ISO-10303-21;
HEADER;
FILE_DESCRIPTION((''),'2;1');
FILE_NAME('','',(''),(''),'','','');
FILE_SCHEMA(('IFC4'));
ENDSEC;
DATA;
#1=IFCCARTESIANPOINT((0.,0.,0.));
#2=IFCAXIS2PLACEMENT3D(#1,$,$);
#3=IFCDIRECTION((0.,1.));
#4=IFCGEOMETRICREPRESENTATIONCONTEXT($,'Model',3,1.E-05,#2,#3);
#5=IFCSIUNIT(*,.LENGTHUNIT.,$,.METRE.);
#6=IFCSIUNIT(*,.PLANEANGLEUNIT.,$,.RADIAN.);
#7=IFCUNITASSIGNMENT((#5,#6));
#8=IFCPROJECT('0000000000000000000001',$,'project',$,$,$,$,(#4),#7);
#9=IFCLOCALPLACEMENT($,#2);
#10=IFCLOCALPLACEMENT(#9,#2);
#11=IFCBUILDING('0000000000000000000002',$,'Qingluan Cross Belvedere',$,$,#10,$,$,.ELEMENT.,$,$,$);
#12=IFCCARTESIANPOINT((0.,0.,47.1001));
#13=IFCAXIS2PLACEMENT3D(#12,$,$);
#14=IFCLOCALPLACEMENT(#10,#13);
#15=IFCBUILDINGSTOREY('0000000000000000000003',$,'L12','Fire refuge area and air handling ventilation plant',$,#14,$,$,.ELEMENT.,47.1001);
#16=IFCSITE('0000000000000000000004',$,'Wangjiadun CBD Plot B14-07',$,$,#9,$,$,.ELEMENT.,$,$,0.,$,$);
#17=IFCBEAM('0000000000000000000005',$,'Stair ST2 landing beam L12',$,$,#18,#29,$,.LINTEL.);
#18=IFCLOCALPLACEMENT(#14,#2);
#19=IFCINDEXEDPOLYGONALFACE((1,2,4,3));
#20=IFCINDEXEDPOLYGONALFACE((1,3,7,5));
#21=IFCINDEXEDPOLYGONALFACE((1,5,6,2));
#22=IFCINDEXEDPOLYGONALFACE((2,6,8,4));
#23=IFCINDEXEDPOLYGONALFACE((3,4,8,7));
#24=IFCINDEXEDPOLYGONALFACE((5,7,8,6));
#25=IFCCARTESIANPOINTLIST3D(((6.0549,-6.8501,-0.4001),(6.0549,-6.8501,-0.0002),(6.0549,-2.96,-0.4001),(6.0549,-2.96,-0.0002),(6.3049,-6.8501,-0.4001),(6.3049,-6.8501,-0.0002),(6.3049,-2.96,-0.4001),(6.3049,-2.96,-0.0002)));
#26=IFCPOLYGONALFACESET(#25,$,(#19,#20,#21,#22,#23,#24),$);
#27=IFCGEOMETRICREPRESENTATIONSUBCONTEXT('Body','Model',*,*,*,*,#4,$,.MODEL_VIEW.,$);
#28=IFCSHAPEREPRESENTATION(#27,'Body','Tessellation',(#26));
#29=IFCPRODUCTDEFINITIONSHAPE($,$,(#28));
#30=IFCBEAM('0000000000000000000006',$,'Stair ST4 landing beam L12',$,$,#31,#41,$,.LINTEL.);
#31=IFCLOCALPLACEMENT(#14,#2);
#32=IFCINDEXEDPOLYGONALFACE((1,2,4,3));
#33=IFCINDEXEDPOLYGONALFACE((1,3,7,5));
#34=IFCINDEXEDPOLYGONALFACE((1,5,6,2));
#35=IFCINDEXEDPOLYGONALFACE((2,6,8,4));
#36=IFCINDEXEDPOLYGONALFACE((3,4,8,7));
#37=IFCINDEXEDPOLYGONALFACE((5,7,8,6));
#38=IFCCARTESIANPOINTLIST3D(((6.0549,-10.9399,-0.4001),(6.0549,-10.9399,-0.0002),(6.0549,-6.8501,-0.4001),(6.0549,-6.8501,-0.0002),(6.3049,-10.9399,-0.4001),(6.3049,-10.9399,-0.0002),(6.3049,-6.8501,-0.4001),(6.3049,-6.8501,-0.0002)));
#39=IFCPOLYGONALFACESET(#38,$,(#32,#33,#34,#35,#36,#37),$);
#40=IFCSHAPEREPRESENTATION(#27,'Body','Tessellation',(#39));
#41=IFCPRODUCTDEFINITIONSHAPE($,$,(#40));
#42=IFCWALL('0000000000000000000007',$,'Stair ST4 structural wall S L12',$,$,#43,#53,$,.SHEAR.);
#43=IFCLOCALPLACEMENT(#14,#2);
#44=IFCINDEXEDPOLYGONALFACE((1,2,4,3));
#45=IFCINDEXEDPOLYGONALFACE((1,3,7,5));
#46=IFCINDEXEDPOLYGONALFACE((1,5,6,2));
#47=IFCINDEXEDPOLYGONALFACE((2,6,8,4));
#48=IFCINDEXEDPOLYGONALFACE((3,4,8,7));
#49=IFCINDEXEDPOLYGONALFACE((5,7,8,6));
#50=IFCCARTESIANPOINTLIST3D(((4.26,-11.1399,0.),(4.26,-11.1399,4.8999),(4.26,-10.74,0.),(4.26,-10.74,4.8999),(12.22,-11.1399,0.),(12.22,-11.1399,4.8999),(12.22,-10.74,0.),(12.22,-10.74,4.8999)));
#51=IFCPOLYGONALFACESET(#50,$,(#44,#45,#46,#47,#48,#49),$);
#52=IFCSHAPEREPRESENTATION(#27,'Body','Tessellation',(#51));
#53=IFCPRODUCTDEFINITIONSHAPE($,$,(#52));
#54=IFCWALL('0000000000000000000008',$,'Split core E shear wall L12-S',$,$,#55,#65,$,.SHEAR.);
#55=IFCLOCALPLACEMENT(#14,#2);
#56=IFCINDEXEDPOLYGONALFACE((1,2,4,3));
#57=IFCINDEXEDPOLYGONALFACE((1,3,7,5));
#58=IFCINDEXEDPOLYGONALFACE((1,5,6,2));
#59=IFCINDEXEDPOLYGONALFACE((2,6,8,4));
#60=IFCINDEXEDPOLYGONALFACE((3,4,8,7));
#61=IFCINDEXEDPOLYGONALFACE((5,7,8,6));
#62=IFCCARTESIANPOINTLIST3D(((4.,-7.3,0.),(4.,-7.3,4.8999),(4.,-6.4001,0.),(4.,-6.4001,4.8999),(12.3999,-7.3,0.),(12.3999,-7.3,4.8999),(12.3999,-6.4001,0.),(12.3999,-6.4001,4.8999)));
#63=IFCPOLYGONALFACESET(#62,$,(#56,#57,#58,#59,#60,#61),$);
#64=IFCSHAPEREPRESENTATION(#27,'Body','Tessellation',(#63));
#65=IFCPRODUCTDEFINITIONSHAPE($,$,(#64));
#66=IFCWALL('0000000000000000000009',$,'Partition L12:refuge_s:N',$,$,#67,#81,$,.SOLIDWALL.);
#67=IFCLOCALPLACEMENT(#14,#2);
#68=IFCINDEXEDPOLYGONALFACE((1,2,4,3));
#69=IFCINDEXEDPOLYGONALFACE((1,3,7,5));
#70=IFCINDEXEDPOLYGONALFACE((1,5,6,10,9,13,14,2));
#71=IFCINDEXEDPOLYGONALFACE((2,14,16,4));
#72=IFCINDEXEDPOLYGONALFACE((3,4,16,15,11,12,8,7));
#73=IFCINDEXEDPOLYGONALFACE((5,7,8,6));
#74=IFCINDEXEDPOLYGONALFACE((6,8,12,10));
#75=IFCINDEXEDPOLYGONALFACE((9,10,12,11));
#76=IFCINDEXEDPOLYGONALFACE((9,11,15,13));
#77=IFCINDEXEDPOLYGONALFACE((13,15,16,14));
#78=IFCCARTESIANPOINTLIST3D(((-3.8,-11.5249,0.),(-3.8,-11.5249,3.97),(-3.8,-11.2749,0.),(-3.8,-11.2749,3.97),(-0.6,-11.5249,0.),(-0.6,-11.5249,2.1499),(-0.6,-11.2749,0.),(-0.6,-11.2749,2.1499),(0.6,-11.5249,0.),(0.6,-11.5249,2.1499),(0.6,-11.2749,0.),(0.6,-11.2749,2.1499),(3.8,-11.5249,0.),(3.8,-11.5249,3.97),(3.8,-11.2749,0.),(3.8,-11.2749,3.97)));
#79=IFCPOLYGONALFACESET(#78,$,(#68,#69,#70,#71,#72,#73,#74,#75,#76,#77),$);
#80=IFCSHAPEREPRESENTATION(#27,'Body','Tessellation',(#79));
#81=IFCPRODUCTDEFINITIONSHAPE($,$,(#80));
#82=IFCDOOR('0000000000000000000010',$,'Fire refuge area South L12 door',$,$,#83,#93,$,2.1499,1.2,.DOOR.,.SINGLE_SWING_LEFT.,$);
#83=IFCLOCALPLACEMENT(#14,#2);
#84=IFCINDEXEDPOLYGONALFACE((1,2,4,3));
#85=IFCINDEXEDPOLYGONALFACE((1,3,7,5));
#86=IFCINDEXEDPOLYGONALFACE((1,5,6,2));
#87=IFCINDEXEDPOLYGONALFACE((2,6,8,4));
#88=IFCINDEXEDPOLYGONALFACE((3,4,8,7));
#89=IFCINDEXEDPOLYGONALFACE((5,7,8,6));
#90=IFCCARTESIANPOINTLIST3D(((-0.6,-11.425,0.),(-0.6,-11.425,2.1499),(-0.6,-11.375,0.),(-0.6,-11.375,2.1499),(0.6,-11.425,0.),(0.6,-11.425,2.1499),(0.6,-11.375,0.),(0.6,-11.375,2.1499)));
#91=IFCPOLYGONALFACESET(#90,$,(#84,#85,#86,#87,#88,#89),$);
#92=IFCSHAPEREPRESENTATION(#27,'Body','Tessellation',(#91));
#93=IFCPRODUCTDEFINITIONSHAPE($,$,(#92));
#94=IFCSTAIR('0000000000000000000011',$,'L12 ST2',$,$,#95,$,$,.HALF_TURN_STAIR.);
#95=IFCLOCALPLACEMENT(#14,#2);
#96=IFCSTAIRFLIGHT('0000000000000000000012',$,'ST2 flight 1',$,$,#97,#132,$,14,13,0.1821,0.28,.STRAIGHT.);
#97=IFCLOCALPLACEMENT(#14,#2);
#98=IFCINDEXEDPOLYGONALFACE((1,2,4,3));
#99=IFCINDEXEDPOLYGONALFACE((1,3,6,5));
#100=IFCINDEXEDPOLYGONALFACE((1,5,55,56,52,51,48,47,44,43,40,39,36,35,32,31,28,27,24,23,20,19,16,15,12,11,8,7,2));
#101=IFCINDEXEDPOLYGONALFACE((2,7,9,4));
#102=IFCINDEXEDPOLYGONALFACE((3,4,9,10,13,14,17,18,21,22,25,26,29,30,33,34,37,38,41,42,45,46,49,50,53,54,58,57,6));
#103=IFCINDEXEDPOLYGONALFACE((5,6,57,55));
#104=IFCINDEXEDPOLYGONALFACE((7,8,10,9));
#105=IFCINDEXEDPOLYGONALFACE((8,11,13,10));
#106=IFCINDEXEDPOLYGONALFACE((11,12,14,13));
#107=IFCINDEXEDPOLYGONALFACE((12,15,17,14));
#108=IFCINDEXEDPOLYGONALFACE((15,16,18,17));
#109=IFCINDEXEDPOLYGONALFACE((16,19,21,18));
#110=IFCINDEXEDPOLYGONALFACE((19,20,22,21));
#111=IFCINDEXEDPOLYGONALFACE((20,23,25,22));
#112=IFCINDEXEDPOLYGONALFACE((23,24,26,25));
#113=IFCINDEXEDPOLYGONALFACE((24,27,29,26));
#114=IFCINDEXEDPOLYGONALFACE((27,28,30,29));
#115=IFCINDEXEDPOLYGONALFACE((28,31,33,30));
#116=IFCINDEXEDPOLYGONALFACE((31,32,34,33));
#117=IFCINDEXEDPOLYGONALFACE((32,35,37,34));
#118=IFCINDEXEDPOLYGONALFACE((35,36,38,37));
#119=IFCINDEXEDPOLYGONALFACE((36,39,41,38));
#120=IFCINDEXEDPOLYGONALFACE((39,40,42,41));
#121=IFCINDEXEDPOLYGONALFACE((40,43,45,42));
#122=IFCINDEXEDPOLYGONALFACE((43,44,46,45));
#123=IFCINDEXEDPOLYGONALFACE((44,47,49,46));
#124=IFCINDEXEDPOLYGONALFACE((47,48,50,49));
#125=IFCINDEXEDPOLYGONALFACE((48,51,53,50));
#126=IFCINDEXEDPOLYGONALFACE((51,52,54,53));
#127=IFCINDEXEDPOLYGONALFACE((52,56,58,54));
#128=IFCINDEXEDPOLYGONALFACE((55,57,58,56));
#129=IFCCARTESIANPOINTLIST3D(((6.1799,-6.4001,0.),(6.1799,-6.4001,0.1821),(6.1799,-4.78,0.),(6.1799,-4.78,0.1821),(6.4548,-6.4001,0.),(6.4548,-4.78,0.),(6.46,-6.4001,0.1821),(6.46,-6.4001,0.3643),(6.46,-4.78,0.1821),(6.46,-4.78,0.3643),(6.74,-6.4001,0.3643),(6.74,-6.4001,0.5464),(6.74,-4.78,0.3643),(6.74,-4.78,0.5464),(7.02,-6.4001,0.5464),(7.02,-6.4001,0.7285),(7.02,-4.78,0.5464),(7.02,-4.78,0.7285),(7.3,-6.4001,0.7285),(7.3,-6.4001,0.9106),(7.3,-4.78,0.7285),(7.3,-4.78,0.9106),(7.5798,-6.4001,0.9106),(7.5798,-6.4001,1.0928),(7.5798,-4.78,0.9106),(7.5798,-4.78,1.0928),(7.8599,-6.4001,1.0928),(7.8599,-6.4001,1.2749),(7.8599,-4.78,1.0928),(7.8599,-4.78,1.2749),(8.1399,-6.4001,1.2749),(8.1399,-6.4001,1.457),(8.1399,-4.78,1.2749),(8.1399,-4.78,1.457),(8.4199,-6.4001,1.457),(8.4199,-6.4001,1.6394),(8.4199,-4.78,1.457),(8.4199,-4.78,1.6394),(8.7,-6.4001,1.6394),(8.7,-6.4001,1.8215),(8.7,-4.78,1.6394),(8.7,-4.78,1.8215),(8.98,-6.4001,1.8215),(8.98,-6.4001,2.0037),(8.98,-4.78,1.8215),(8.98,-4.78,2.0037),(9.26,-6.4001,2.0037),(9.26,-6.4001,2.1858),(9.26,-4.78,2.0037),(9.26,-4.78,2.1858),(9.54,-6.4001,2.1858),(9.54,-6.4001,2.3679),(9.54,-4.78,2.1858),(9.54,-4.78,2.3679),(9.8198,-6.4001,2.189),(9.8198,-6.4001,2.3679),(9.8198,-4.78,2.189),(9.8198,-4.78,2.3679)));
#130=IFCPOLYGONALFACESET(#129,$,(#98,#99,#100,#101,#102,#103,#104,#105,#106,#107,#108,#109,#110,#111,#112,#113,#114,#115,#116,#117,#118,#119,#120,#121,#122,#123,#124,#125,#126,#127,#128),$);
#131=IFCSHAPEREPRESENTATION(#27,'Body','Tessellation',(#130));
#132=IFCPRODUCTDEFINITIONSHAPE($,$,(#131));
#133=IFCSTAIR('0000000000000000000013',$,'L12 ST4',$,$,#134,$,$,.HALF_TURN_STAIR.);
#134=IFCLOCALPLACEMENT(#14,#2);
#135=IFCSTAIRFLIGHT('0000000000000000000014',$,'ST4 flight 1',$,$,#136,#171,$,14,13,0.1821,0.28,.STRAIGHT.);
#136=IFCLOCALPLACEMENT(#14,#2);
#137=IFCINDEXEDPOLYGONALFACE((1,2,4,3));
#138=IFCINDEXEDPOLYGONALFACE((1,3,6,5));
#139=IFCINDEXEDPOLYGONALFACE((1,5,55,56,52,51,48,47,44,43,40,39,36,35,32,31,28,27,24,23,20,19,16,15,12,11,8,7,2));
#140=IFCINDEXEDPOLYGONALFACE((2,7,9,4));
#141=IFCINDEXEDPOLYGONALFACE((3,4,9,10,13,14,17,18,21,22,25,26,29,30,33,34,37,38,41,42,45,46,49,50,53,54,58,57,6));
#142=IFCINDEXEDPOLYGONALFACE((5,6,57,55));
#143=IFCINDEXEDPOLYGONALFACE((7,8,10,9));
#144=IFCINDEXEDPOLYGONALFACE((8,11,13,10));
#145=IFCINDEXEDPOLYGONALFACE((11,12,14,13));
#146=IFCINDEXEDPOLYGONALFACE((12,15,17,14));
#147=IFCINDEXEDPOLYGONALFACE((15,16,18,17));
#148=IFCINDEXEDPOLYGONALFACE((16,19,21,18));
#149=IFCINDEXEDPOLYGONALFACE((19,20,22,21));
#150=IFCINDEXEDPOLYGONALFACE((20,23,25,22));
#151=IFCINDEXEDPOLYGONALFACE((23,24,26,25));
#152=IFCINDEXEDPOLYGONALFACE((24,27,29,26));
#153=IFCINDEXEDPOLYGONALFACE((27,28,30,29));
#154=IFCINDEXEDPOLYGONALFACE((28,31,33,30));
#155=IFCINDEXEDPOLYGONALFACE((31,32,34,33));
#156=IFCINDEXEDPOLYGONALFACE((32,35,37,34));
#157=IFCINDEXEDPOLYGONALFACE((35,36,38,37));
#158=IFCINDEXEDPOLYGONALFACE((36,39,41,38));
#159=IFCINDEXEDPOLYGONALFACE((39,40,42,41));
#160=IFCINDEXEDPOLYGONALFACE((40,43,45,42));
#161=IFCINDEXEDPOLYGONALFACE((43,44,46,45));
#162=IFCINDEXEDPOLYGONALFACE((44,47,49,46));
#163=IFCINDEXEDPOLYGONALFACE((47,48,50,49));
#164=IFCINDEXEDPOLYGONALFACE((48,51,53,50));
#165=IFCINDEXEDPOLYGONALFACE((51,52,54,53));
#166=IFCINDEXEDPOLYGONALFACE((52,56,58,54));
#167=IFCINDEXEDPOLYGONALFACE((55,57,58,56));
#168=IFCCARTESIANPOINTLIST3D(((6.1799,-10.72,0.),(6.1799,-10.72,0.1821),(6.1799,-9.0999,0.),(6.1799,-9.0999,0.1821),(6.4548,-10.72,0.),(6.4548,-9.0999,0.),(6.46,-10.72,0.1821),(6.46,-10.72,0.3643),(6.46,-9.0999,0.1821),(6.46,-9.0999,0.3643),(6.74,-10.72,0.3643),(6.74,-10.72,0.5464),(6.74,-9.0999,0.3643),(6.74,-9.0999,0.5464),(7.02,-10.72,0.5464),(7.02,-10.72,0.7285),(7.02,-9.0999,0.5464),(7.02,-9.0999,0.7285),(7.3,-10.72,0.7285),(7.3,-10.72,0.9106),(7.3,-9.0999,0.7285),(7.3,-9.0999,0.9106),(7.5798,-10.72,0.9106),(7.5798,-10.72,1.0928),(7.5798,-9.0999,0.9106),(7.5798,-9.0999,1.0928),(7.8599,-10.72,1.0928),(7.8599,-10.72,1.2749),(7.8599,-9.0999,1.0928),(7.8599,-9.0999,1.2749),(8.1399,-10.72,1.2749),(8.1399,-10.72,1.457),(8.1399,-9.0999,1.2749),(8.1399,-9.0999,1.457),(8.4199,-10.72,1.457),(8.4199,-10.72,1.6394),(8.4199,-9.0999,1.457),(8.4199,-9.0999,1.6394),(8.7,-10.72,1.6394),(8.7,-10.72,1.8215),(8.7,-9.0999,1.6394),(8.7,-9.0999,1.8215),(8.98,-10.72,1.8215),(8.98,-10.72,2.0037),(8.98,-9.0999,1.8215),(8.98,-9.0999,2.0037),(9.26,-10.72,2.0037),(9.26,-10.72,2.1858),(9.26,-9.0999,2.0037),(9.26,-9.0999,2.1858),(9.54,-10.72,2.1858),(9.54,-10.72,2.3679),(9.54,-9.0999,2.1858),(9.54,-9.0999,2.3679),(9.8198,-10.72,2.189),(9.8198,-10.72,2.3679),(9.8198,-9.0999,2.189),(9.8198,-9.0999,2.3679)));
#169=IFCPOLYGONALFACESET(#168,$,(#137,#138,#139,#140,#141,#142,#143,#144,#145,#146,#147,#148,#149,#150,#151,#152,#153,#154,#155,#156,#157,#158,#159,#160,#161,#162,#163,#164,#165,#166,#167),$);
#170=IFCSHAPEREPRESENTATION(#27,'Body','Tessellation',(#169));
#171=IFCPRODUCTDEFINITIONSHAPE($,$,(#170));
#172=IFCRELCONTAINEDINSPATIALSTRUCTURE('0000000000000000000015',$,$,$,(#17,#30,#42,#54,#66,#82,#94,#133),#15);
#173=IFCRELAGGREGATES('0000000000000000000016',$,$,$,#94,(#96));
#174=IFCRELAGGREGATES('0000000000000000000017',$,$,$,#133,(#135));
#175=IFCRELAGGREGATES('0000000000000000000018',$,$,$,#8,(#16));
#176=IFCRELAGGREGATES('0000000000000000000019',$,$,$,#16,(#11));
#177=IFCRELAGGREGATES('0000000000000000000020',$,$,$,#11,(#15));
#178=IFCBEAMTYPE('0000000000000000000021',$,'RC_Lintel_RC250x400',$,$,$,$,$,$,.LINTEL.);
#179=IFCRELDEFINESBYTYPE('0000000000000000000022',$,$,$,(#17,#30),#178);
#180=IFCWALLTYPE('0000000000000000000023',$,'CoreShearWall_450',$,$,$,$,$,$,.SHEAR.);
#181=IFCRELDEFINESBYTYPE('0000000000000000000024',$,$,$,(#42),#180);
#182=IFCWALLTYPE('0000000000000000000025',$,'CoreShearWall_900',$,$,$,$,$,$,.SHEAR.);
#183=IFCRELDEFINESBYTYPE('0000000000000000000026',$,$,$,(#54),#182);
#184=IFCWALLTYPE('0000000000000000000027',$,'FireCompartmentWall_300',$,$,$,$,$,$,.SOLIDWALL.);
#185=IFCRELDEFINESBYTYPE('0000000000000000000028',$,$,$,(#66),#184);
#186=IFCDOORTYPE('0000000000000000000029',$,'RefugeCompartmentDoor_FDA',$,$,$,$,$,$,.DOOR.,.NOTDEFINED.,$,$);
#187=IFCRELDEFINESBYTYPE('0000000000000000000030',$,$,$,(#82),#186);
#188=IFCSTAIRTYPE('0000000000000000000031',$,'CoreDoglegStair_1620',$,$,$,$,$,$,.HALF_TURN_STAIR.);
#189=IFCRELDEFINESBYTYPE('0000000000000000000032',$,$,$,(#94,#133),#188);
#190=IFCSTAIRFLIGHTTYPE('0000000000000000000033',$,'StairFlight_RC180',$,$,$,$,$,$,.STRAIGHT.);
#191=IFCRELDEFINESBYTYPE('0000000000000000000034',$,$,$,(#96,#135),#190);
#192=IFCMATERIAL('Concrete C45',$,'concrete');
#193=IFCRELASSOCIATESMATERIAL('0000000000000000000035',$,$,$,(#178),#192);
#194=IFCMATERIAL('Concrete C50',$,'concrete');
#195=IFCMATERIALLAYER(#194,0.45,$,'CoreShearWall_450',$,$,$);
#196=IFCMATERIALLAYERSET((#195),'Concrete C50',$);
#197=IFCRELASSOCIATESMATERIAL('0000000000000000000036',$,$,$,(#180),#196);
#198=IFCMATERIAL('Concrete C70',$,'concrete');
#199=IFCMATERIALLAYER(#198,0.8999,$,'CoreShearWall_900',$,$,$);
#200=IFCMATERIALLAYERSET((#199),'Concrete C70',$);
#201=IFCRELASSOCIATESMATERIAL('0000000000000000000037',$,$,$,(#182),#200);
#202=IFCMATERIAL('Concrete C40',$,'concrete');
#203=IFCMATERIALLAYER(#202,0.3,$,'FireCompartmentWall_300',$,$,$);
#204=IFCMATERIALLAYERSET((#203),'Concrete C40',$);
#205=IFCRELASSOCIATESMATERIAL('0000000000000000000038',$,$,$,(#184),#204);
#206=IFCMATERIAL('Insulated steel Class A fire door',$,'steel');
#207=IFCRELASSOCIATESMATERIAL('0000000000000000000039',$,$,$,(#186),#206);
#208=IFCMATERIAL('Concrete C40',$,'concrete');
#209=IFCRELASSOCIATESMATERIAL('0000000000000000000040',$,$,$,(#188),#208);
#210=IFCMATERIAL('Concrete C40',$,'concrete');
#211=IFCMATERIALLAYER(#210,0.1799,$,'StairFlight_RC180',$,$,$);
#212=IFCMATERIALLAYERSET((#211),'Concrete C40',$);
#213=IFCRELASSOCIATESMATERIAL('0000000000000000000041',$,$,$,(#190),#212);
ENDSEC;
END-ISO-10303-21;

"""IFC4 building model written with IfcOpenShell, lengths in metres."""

from ifc_helpers import new_model, si_unit, direction, frame, frame_2d, origin, origin_2d, place, context, subcontext, project, spatial, polyline, rectangle, outline, extrude, material, layer, layer_set, material_profile, profile_set, type_object, element, fill, aggregate, save


model = new_model("IFC4")

# Units and contexts
model_context = context("Model", 3, precision=1e-05, world=origin(), true_north=direction((0.0, 1.0)))
body_context = subcontext(model_context, "Body", "Model", "MODEL_VIEW")
ifc_project = project(units=[si_unit("LENGTHUNIT", "METRE"), si_unit("PLANEANGLEUNIT", "RADIAN")], contexts=[model_context])

# Site, building, storey
site_placement = place(None, origin())
site = spatial("IfcSite", under=ifc_project, at=site_placement, Name="Wangjiadun CBD Plot B14-07", CompositionType="ELEMENT", RefElevation=0.0)
building_placement = place(site_placement, origin())
building = spatial("IfcBuilding", under=site, at=building_placement, Name="Qingluan Cross Belvedere", CompositionType="ELEMENT")
storey_placement = place(building_placement, frame((0.0, 0.0, 47.1001)))
storey = spatial("IfcBuildingStorey", under=building, at=storey_placement, Name="L12", Description="Fire refuge area and air handling ventilation plant", CompositionType="ELEMENT", Elevation=47.1001)

# Beams
ifc_material_1 = material(Name="Concrete C45", Category="concrete")
ifc_material_profile = material_profile(ifc_material_1, rectangle(XDim=0.25, YDim=0.3999, at=origin_2d()), Name="RC250x400")
ifc_profile_set = profile_set([ifc_material_profile], Name="Concrete C45")
beam_type = type_object("IfcBeamType", Name="RC_Lintel_RC250x400", PredefinedType="LINTEL", material=ifc_profile_set)
beam_1_placement = place(storey_placement, frame((6.1799, -6.8501, -0.2002), z_axis=(0.0, 1.0, 0.0), x_axis=(-1.0, 0.0, 0.0)))
element("IfcBeam", 1, at=beam_1_placement, inside=storey, type_object=beam_type, Name="Stair ST2 landing beam L12", PredefinedType="LINTEL", context=body_context, shape_type="SweptSolid", body=[
    extrude(rectangle(XDim=0.25, YDim=0.3999, at=origin_2d()), origin(), (0.0, 0.0, 1.0), 3.8901),
])
beam_2_placement = place(storey_placement, frame((6.1799, -10.9399, -0.2002), z_axis=(0.0, 1.0, 0.0), x_axis=(-1.0, 0.0, 0.0)))
element("IfcBeam", 2, at=beam_2_placement, inside=storey, type_object=beam_type, Name="Stair ST4 landing beam L12", PredefinedType="LINTEL", context=body_context, shape_type="SweptSolid", body=[
    extrude(rectangle(XDim=0.25, YDim=0.3999, at=origin_2d()), origin(), (0.0, 0.0, 1.0), 4.0898),
])

# Wall
ifc_material_2 = material(Name="Concrete C50", Category="concrete")
ifc_layer_1 = layer(ifc_material_2, 0.45, Name="CoreShearWall_450")
ifc_layer_set_1 = layer_set([ifc_layer_1], Name="Concrete C50")
wall_type_1 = type_object("IfcWallType", Name="CoreShearWall_450", PredefinedType="SHEAR", material=ifc_layer_set_1)
wall_1_placement = place(storey_placement, frame((4.26, -10.9399, 0.0), z_axis=(0.0, 0.0, 1.0), x_axis=(1.0, 0.0, 0.0)))
element("IfcWall", 3, at=wall_1_placement, inside=storey, type_object=wall_type_1, Name="Stair ST4 structural wall S L12", PredefinedType="SHEAR", context=body_context, shape_type="SweptSolid", body=[
    extrude(rectangle(XDim=7.96, YDim=0.3999, at=frame_2d((3.98, 0.0))), origin(), (0.0, 0.0, 1.0), 4.8999),
])

# Wall
ifc_material_3 = material(Name="Concrete C70", Category="concrete")
ifc_layer_2 = layer(ifc_material_3, 0.8999, Name="CoreShearWall_900")
ifc_layer_set_2 = layer_set([ifc_layer_2], Name="Concrete C70")
wall_type_2 = type_object("IfcWallType", Name="CoreShearWall_900", PredefinedType="SHEAR", material=ifc_layer_set_2)
wall_2_placement = place(storey_placement, frame((4.0, -6.8501, 0.0), z_axis=(0.0, 0.0, 1.0), x_axis=(1.0, 0.0, 0.0)))
element("IfcWall", 4, at=wall_2_placement, inside=storey, type_object=wall_type_2, Name="Split core E shear wall L12-S", PredefinedType="SHEAR", context=body_context, shape_type="SweptSolid", body=[
    extrude(rectangle(XDim=8.3999, YDim=0.8999, at=frame_2d((4.2, 0.0))), origin(), (0.0, 0.0, 1.0), 4.8999),
])

# Wall, opening, door
ifc_material_4 = material(Name="Concrete C40", Category="concrete")
ifc_layer_3 = layer(ifc_material_4, 0.3, Name="FireCompartmentWall_300")
ifc_layer_set_3 = layer_set([ifc_layer_3], Name="Concrete C40")
wall_type_3 = type_object("IfcWallType", Name="FireCompartmentWall_300", PredefinedType="SOLIDWALL", material=ifc_layer_set_3)
wall_3_placement = place(storey_placement, frame((-3.8, -11.3999, 0.0), z_axis=(0.0, 0.0, 1.0), x_axis=(1.0, 0.0, 0.0)))
wall_3 = element("IfcWall", 5, at=wall_3_placement, inside=storey, type_object=wall_type_3, Name="Partition L12:refuge_s:N", PredefinedType="SOLIDWALL", context=body_context, shape_type="SweptSolid", body=[
    extrude(rectangle(XDim=7.6001, YDim=0.25, at=frame_2d((3.8, 0.0))), origin(), (0.0, 0.0, 1.0), 3.97),
])
opening_1_placement = place(wall_3_placement, frame((3.2, 0.0, 0.0)))
opening_1 = element("IfcOpeningElement", 6, at=opening_1_placement, cuts=wall_3, PredefinedType="OPENING", context=body_context, shape_type="SweptSolid", body=[
    extrude(rectangle(XDim=1.2, YDim=2.1499, at=frame_2d((0.6001, 1.075))), frame((0.0, 0.135, 0.0), z_axis=(0.0, -1.0, 0.0), x_axis=(1.0, 0.0, 0.0)), (0.0, 0.0, 1.0), 0.27),
])
ifc_material_5 = material(Name="Insulated steel Class A fire door", Category="steel")
door_type_1 = type_object("IfcDoorType", Name="RefugeCompartmentDoor_FDA", OperationType="NOTDEFINED", PredefinedType="DOOR", material=ifc_material_5)
door_1_placement = place(opening_1_placement, origin())
door_1 = element("IfcDoor", 7, at=door_1_placement, inside=storey, type_object=door_type_1, Name="Fire refuge area South L12 door", OperationType="SINGLE_SWING_LEFT", OverallHeight=2.1499, OverallWidth=1.2, PredefinedType="DOOR", context=body_context, shape_type="SweptSolid", body=[
    extrude(rectangle(XDim=1.2, YDim=2.1499, at=frame_2d((0.6001, 1.075))), frame((0.0, 0.0249, 0.0), z_axis=(0.0, -1.0, 0.0), x_axis=(1.0, 0.0, 0.0)), (0.0, 0.0, 1.0), 0.05),
])
fill(opening_1, door_1)

# Stair, stair flight
ifc_material_6 = material(Name="Concrete C40", Category="concrete")
stair_type = type_object("IfcStairType", Name="CoreDoglegStair_1620", PredefinedType="HALF_TURN_STAIR", material=ifc_material_6)
stair_1_placement = place(storey_placement, origin())
stair_1 = element("IfcStair", 8, at=stair_1_placement, inside=storey, type_object=stair_type, Name="L12 ST2", PredefinedType="HALF_TURN_STAIR")
ifc_material_7 = material(Name="Concrete C40", Category="concrete")
ifc_layer_4 = layer(ifc_material_7, 0.1799, Name="StairFlight_RC180")
ifc_layer_set_4 = layer_set([ifc_layer_4], Name="Concrete C40")
stair_flight_type = type_object("IfcStairFlightType", Name="StairFlight_RC180", PredefinedType="STRAIGHT", material=ifc_layer_set_4)
stair_flight_1_placement = place(storey_placement, frame((6.1799, -5.5901, 0.0), z_axis=(0.0, 0.0, 1.0), x_axis=(1.0, 0.0, 0.0)))
stair_flight_1 = element("IfcStairFlight", 9, at=stair_flight_1_placement, type_object=stair_flight_type, Name="ST2 flight 1", NumberOfRisers=14, NumberOfTreads=13, PredefinedType="STRAIGHT", RiserHeight=0.1821, TreadLength=0.28, context=body_context, shape_type="SweptSolid", body=[
    extrude(outline(polyline([(0.0, 0.0), (0.0, 0.1821), (0.28, 0.1821), (0.28, 0.3643), (0.5601, 0.3643), (0.5601, 0.5464), (0.8401, 0.5464), (0.8401, 0.7285), (1.1201, 0.7285), (1.1201, 0.9106), (1.3999, 0.9106), (1.3999, 1.0928), (1.6799, 1.0928), (1.6799, 1.2749), (1.96, 1.2749), (1.96, 1.457), (2.24, 1.457), (2.24, 1.6394), (2.52, 1.6394), (2.52, 1.8215), (2.8, 1.8215), (2.8, 2.0037), (3.0801, 2.0037), (3.0801, 2.1858), (3.3601, 2.1858), (3.3601, 2.3679), (3.6399, 2.3679), (3.6399, 2.55), (3.6399, 2.189), (0.2749, 0.0), (0.0, 0.0)])), frame((0.0, 0.8101, 0.0), z_axis=(0.0, -1.0, 0.0), x_axis=(1.0, 0.0, 0.0)), (0.0, 0.0, 1.0), 1.6201),
])
aggregate(stair_1, [stair_flight_1])

# Stair, stair flight
stair_2_placement = place(storey_placement, origin())
stair_2 = element("IfcStair", 10, at=stair_2_placement, inside=storey, type_object=stair_type, Name="L12 ST4", PredefinedType="HALF_TURN_STAIR")
stair_flight_2_placement = place(storey_placement, frame((6.1799, -9.9099, 0.0), z_axis=(0.0, 0.0, 1.0), x_axis=(1.0, 0.0, 0.0)))
stair_flight_2 = element("IfcStairFlight", 11, at=stair_flight_2_placement, type_object=stair_flight_type, Name="ST4 flight 1", NumberOfRisers=14, NumberOfTreads=13, PredefinedType="STRAIGHT", RiserHeight=0.1821, TreadLength=0.28, context=body_context, shape_type="SweptSolid", body=[
    extrude(outline(polyline([(0.0, 0.0), (0.0, 0.1821), (0.28, 0.1821), (0.28, 0.3643), (0.5601, 0.3643), (0.5601, 0.5464), (0.8401, 0.5464), (0.8401, 0.7285), (1.1201, 0.7285), (1.1201, 0.9106), (1.3999, 0.9106), (1.3999, 1.0928), (1.6799, 1.0928), (1.6799, 1.2749), (1.96, 1.2749), (1.96, 1.457), (2.24, 1.457), (2.24, 1.6394), (2.52, 1.6394), (2.52, 1.8215), (2.8, 1.8215), (2.8, 2.0037), (3.0801, 2.0037), (3.0801, 2.1858), (3.3601, 2.1858), (3.3601, 2.3679), (3.6399, 2.3679), (3.6399, 2.55), (3.6399, 2.189), (0.2749, 0.0), (0.0, 0.0)])), frame((0.0, 0.8101, 0.0), z_axis=(0.0, -1.0, 0.0), x_axis=(1.0, 0.0, 0.0)), (0.0, 0.0, 1.0), 1.6201),
])
aggregate(stair_2, [stair_flight_2])

save(model, "model.ifc")
